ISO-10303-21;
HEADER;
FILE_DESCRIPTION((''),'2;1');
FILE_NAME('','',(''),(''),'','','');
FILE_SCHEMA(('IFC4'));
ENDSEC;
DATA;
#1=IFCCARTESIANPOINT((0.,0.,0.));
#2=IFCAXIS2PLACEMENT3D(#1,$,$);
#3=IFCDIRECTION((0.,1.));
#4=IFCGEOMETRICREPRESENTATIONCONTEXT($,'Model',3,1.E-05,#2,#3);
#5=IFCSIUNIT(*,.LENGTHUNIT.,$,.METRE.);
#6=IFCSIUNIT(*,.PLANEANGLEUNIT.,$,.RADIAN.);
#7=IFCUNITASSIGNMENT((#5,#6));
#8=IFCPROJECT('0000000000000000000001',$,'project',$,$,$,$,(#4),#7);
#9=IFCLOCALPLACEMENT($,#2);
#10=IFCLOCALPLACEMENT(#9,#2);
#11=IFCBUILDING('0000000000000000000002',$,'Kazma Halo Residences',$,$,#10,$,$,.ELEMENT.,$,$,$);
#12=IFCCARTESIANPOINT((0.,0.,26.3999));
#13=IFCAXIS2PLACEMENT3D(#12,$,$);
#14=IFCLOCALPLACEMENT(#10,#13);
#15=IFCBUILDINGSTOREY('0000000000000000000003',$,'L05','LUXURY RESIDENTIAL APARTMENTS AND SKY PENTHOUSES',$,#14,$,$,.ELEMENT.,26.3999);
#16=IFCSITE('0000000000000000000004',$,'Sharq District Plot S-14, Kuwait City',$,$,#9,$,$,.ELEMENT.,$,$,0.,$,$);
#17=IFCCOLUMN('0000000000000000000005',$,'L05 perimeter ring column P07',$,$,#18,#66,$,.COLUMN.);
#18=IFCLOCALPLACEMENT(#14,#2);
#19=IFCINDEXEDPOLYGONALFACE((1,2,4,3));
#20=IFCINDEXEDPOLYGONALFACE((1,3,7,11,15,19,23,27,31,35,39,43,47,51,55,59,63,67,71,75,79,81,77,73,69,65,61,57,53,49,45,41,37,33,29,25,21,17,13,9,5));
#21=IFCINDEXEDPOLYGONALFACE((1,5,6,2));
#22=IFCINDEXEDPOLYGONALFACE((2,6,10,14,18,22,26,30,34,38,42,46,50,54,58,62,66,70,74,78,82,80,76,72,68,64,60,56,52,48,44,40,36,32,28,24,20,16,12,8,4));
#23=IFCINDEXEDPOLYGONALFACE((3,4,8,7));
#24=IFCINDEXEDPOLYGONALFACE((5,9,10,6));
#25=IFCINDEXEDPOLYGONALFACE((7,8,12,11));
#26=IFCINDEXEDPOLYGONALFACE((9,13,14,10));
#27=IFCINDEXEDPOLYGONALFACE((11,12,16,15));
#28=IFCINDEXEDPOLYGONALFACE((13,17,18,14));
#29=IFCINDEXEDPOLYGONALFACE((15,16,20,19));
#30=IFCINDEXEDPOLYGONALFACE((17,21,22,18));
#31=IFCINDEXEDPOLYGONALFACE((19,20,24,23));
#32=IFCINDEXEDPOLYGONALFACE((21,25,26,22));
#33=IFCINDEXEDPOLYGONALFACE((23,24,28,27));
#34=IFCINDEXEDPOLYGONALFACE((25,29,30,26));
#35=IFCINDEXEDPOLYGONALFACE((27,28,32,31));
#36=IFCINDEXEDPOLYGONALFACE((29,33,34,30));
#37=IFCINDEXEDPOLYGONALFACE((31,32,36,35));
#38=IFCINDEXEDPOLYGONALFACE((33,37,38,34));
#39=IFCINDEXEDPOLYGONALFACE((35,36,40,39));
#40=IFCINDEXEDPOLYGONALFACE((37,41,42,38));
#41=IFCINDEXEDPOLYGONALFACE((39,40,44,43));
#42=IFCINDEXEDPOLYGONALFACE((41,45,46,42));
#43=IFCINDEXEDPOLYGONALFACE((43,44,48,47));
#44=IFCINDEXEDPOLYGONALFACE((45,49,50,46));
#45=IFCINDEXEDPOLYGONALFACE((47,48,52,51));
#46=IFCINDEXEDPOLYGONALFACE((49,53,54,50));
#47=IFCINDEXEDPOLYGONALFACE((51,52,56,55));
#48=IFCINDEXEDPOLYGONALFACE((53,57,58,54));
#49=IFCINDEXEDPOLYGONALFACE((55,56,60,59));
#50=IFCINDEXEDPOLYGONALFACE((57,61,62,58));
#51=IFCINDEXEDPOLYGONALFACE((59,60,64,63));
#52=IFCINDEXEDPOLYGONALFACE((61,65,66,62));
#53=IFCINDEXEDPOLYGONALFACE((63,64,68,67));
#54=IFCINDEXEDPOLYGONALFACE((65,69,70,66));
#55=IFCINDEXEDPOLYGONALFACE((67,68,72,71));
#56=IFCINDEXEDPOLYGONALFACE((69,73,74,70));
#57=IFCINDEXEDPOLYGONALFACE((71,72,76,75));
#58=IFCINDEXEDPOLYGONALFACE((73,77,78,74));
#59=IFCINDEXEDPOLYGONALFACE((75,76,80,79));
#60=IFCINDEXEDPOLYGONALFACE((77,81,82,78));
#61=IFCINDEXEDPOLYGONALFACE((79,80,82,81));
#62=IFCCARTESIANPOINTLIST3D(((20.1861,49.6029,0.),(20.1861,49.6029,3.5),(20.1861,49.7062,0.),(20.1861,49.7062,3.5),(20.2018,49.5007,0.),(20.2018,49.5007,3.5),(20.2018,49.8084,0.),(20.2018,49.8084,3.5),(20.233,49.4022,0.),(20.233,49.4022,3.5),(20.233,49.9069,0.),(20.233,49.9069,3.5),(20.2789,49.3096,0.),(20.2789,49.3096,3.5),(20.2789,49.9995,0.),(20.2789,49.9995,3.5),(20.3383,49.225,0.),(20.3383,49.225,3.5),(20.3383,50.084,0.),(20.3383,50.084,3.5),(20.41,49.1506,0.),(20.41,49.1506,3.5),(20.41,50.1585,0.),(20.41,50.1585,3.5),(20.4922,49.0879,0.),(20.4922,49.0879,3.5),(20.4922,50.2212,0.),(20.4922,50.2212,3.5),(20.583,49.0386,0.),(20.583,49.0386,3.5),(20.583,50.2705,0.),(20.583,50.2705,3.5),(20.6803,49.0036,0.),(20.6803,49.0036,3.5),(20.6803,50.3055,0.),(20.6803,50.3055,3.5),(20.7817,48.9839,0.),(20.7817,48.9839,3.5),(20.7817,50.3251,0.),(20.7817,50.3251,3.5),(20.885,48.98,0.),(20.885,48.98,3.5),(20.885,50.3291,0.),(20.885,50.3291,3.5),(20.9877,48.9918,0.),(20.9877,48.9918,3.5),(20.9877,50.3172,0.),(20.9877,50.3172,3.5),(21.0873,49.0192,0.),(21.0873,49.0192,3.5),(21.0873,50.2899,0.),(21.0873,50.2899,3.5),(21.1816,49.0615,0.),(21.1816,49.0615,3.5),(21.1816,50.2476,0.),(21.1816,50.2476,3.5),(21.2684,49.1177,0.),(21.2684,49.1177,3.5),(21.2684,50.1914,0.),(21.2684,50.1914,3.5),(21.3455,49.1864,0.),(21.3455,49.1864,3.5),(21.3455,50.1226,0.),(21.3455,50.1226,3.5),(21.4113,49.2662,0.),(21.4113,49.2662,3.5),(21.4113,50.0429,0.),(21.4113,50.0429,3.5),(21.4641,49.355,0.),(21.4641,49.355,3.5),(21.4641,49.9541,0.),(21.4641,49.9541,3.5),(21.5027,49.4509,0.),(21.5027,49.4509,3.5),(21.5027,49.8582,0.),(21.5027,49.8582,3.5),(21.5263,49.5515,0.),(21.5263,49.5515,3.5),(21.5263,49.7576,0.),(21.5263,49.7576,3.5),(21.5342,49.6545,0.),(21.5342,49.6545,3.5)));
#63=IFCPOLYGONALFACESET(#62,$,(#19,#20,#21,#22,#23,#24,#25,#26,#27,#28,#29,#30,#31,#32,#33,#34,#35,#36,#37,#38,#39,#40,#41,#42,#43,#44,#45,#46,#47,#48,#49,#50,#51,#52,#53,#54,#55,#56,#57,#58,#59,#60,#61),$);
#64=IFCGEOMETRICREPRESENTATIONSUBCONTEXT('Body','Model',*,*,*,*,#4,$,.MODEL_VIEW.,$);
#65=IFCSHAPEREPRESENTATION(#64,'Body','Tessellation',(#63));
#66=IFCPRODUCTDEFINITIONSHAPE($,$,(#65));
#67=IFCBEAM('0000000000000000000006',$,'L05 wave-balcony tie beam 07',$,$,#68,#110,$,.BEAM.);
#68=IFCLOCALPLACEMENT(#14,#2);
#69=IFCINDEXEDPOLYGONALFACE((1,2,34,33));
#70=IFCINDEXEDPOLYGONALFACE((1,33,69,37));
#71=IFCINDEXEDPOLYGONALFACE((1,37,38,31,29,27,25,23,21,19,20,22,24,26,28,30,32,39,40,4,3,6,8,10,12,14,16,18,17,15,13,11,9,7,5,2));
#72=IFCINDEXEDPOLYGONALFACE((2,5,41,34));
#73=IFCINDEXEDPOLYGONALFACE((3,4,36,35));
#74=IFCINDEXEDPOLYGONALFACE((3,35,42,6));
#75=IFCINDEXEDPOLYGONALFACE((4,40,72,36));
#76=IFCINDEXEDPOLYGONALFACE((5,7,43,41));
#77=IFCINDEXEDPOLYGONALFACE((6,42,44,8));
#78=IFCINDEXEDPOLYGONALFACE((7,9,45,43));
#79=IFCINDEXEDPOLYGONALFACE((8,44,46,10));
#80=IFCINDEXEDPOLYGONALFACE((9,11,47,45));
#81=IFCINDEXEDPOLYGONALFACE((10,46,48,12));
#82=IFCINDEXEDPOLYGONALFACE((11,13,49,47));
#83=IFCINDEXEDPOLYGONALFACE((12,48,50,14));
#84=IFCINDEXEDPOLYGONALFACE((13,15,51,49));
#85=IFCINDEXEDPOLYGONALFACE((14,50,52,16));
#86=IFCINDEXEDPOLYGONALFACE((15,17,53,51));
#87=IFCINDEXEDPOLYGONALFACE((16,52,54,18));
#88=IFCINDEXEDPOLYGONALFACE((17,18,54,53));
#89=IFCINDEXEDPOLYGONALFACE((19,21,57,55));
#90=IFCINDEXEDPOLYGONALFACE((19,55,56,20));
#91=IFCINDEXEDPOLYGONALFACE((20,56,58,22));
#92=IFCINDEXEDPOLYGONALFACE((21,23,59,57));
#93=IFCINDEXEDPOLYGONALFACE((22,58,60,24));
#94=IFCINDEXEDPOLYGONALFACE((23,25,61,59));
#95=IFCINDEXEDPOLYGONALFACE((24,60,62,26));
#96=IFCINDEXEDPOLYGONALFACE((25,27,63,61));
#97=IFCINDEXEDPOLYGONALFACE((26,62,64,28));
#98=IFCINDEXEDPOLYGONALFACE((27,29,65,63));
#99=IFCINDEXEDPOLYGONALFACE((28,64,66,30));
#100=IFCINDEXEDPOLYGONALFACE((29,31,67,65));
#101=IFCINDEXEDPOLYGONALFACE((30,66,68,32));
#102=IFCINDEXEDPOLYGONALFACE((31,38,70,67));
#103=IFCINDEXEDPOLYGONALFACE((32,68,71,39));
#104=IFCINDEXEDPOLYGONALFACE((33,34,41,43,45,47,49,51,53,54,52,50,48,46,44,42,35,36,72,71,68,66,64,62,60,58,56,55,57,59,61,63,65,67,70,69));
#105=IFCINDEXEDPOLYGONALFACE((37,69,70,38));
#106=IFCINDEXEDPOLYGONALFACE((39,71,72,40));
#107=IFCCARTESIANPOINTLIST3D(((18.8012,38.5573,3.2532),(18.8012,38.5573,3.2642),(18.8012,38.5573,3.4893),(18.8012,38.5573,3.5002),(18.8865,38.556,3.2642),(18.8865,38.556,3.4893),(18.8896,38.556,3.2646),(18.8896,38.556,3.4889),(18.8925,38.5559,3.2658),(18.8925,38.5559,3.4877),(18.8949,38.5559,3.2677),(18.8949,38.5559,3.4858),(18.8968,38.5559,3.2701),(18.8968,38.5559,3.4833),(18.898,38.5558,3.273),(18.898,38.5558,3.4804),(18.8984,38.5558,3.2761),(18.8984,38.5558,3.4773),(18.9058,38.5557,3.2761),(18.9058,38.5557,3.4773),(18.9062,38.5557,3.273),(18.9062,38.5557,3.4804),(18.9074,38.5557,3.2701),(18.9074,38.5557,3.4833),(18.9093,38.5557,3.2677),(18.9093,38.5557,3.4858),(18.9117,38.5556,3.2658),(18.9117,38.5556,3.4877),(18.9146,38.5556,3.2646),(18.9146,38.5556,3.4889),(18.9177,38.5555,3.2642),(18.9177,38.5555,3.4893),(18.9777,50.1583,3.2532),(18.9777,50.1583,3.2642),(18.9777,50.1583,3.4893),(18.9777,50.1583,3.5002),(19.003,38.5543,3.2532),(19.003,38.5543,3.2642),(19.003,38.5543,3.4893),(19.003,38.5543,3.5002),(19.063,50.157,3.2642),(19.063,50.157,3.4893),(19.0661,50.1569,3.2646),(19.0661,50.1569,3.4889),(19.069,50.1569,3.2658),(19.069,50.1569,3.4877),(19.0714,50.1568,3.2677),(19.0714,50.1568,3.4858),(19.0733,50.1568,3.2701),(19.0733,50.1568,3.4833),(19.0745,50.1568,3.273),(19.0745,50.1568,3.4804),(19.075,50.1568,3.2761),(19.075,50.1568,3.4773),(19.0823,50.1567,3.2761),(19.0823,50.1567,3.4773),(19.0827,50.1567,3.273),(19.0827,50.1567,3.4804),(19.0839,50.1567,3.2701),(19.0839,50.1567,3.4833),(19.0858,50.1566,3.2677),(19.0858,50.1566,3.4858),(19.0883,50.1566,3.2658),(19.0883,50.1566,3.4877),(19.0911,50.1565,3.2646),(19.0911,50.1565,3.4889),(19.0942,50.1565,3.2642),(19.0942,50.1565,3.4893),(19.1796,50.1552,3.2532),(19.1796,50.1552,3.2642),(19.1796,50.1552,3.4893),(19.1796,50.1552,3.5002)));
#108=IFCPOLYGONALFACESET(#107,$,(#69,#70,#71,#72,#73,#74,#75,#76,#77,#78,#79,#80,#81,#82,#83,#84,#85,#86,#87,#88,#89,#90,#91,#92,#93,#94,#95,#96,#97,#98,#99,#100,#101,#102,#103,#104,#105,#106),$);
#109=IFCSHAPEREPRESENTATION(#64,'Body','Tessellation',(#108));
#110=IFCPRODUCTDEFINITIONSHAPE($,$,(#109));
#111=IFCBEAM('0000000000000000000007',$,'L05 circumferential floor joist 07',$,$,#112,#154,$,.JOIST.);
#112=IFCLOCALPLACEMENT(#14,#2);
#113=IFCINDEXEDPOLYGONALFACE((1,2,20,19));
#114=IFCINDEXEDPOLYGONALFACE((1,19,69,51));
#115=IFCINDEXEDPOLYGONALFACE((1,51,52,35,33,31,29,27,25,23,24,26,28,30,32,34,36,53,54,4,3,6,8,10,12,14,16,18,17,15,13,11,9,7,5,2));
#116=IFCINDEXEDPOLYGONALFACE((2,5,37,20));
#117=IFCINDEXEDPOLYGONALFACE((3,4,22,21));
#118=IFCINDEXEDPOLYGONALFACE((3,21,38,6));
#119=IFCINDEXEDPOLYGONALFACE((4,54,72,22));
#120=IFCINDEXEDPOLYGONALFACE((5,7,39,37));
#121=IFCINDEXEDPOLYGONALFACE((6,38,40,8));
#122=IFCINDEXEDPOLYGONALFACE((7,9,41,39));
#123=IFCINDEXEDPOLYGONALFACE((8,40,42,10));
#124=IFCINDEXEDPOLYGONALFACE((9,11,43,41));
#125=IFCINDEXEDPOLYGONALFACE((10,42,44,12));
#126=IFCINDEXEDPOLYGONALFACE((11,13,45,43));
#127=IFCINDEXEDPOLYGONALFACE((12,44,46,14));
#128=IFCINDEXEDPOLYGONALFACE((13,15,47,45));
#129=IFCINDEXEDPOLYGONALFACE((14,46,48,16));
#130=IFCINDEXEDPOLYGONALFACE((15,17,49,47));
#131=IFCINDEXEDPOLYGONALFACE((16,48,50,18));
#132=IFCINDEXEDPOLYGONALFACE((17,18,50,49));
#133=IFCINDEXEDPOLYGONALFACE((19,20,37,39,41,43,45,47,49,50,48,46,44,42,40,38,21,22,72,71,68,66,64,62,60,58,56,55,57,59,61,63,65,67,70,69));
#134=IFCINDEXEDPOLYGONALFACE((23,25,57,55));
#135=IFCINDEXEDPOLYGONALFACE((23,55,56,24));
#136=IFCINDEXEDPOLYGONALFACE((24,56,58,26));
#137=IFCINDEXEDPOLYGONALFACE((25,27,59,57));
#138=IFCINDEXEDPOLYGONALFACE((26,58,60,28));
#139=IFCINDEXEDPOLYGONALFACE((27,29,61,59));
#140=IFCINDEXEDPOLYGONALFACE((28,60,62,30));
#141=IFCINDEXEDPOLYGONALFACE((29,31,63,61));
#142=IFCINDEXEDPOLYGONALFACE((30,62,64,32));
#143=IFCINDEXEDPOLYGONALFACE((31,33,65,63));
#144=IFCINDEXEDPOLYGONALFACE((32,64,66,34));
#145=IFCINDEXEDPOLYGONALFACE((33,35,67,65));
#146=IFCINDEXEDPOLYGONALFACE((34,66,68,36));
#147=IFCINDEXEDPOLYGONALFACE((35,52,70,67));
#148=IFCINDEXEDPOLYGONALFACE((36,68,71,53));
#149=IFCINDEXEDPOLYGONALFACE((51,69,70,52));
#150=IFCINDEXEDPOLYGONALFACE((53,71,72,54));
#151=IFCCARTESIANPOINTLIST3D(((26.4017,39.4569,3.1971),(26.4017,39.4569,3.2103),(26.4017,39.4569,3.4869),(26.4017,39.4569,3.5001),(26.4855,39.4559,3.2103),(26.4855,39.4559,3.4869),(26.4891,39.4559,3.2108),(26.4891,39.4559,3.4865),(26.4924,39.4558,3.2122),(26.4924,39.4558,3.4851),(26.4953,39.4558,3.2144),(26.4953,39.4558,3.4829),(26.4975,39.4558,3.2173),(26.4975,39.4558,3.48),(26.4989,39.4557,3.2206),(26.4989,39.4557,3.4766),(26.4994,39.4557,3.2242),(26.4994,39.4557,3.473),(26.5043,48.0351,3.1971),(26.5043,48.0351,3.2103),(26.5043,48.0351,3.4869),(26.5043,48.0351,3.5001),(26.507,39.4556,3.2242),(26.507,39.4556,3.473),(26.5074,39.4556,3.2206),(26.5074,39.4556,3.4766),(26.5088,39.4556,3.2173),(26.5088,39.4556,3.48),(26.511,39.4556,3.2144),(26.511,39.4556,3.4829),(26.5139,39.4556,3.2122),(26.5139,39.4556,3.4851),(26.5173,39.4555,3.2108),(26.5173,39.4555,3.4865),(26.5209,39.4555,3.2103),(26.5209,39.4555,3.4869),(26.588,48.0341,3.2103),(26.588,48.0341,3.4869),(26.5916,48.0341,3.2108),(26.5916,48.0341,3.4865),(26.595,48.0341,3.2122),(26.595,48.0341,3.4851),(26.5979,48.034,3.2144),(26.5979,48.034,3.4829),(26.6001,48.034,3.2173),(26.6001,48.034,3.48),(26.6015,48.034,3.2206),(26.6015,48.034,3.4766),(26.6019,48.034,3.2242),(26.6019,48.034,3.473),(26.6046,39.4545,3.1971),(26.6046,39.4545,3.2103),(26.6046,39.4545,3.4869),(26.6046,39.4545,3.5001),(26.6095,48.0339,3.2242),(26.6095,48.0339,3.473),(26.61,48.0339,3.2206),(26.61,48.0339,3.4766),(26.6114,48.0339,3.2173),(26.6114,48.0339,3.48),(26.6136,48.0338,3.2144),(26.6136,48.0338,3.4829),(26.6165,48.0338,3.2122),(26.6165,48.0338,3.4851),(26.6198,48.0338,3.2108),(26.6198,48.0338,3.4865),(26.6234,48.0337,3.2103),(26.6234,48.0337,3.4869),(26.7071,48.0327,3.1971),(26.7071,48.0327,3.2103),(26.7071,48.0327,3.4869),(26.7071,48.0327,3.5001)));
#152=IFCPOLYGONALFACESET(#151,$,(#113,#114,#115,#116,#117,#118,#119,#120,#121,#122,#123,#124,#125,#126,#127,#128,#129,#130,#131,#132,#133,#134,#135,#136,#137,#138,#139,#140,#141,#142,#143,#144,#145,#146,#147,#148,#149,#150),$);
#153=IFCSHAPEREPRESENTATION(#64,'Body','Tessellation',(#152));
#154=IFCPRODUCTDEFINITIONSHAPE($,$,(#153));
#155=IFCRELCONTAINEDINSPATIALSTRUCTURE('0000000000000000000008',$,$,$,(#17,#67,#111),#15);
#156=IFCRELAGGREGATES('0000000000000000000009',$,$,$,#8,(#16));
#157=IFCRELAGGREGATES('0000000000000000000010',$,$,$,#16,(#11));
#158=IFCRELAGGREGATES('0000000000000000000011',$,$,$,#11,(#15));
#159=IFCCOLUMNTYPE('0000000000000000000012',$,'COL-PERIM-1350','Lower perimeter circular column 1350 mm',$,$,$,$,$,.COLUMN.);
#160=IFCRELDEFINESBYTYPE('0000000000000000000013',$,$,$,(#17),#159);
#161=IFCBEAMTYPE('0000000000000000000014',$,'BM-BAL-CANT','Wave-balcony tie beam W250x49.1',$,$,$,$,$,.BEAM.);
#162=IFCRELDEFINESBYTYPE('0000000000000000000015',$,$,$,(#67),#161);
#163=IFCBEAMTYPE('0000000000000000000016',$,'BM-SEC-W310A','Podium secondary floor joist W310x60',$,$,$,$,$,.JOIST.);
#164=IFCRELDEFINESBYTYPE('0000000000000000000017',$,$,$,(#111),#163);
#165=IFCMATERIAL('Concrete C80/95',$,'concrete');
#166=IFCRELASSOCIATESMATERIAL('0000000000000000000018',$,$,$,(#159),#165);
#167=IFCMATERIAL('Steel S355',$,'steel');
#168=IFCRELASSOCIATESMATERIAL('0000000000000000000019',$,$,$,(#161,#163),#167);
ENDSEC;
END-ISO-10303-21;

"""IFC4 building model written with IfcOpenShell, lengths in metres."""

from ifc_helpers import new_model, si_unit, direction, frame, origin, origin_2d, place, context, subcontext, project, spatial, circle, i_section, extrude, material, material_profile, profile_set, type_object, element, save


model = new_model("IFC4")

# Units and contexts
model_context = context("Model", 3, precision=1e-05, world=origin(), true_north=direction((0.0, 1.0)))
body_context = subcontext(model_context, "Body", "Model", "MODEL_VIEW")
ifc_project = project(units=[si_unit("LENGTHUNIT", "METRE"), si_unit("PLANEANGLEUNIT", "RADIAN")], contexts=[model_context])

# Site, building, storey
site_placement = place(None, origin())
site = spatial("IfcSite", under=ifc_project, at=site_placement, Name="Sharq District Plot S-14, Kuwait City", CompositionType="ELEMENT", RefElevation=0.0)
building_placement = place(site_placement, origin())
building = spatial("IfcBuilding", under=site, at=building_placement, Name="Kazma Halo Residences", CompositionType="ELEMENT")
storey_placement = place(building_placement, frame((0.0, 0.0, 26.3999)))
storey = spatial("IfcBuildingStorey", under=building, at=storey_placement, Name="L05", Description="LUXURY RESIDENTIAL APARTMENTS AND SKY PENTHOUSES", CompositionType="ELEMENT", Elevation=26.3999)

# Column
ifc_material_1 = material(Name="Concrete C80/95", Category="concrete")
ifc_material_profile_1 = material_profile(ifc_material_1, circle(Radius=0.675, at=origin_2d()), Name="CIRC1350")
ifc_profile_set_1 = profile_set([ifc_material_profile_1], Name="Concrete C80/95")
column_type = type_object("IfcColumnType", Name="COL-PERIM-1350", Description="Lower perimeter circular column 1350 mm", PredefinedType="COLUMN", material=ifc_profile_set_1)
column_placement = place(storey_placement, frame((20.8591, 49.6545, 0.0), z_axis=(0.0, 0.0, 1.0), x_axis=(1.0, 0.0, 0.0)))
element("IfcColumn", 1, at=column_placement, inside=storey, type_object=column_type, Name="L05 perimeter ring column P07", PredefinedType="COLUMN", context=body_context, shape_type="SweptSolid", body=[
    extrude(circle(Radius=0.675, at=origin_2d()), origin(), (0.0, 0.0, 1.0), 3.5),
])

# Beams
ifc_material_2 = material(Name="Steel S355", Category="steel")
ifc_material_profile_2 = material_profile(ifc_material_2, i_section(OverallWidth=0.2019, OverallDepth=0.2471, WebThickness=0.0073, FlangeThickness=0.011, FilletRadius=0.012, at=origin_2d()), Name="W250x49.1")
ifc_profile_set_2 = profile_set([ifc_material_profile_2], Name="Steel S355")
beam_type_1 = type_object("IfcBeamType", Name="BM-BAL-CANT", Description="Wave-balcony tie beam W250x49.1", PredefinedType="BEAM", material=ifc_profile_set_2)
beam_1_placement = place(storey_placement, frame((19.0786, 50.1567, 3.3767), z_axis=(-0.015214, -0.999884, 0.0), x_axis=(0.999884, -0.015214, 0.0)))
element("IfcBeam", 2, at=beam_1_placement, inside=storey, type_object=beam_type_1, Name="L05 wave-balcony tie beam 07", PredefinedType="BEAM", context=body_context, shape_type="SweptSolid", body=[
    extrude(i_section(OverallWidth=0.2019, OverallDepth=0.2471, WebThickness=0.0073, FlangeThickness=0.011, FilletRadius=0.012, at=origin_2d()), origin(), (0.0, 0.0, 1.0), 11.6023),
])
ifc_material_profile_3 = material_profile(ifc_material_2, i_section(OverallWidth=0.2029, OverallDepth=0.303, WebThickness=0.0076, FlangeThickness=0.0132, FilletRadius=0.0139, at=origin_2d()), Name="W310x60")
ifc_profile_set_3 = profile_set([ifc_material_profile_3], Name="Steel S355")
beam_type_2 = type_object("IfcBeamType", Name="BM-SEC-W310A", Description="Podium secondary floor joist W310x60", PredefinedType="JOIST", material=ifc_profile_set_3)
beam_2_placement = place(storey_placement, frame((26.6057, 48.0339, 3.3486), z_axis=(-0.011953, -0.999929, 0.0), x_axis=(0.999929, -0.011953, 0.0)))
element("IfcBeam", 3, at=beam_2_placement, inside=storey, type_object=beam_type_2, Name="L05 circumferential floor joist 07", PredefinedType="JOIST", context=body_context, shape_type="SweptSolid", body=[
    extrude(i_section(OverallWidth=0.2029, OverallDepth=0.303, WebThickness=0.0076, FlangeThickness=0.0132, FilletRadius=0.0139, at=origin_2d()), origin(), (0.0, 0.0, 1.0), 8.5789),
])

save(model, "model.ifc")
